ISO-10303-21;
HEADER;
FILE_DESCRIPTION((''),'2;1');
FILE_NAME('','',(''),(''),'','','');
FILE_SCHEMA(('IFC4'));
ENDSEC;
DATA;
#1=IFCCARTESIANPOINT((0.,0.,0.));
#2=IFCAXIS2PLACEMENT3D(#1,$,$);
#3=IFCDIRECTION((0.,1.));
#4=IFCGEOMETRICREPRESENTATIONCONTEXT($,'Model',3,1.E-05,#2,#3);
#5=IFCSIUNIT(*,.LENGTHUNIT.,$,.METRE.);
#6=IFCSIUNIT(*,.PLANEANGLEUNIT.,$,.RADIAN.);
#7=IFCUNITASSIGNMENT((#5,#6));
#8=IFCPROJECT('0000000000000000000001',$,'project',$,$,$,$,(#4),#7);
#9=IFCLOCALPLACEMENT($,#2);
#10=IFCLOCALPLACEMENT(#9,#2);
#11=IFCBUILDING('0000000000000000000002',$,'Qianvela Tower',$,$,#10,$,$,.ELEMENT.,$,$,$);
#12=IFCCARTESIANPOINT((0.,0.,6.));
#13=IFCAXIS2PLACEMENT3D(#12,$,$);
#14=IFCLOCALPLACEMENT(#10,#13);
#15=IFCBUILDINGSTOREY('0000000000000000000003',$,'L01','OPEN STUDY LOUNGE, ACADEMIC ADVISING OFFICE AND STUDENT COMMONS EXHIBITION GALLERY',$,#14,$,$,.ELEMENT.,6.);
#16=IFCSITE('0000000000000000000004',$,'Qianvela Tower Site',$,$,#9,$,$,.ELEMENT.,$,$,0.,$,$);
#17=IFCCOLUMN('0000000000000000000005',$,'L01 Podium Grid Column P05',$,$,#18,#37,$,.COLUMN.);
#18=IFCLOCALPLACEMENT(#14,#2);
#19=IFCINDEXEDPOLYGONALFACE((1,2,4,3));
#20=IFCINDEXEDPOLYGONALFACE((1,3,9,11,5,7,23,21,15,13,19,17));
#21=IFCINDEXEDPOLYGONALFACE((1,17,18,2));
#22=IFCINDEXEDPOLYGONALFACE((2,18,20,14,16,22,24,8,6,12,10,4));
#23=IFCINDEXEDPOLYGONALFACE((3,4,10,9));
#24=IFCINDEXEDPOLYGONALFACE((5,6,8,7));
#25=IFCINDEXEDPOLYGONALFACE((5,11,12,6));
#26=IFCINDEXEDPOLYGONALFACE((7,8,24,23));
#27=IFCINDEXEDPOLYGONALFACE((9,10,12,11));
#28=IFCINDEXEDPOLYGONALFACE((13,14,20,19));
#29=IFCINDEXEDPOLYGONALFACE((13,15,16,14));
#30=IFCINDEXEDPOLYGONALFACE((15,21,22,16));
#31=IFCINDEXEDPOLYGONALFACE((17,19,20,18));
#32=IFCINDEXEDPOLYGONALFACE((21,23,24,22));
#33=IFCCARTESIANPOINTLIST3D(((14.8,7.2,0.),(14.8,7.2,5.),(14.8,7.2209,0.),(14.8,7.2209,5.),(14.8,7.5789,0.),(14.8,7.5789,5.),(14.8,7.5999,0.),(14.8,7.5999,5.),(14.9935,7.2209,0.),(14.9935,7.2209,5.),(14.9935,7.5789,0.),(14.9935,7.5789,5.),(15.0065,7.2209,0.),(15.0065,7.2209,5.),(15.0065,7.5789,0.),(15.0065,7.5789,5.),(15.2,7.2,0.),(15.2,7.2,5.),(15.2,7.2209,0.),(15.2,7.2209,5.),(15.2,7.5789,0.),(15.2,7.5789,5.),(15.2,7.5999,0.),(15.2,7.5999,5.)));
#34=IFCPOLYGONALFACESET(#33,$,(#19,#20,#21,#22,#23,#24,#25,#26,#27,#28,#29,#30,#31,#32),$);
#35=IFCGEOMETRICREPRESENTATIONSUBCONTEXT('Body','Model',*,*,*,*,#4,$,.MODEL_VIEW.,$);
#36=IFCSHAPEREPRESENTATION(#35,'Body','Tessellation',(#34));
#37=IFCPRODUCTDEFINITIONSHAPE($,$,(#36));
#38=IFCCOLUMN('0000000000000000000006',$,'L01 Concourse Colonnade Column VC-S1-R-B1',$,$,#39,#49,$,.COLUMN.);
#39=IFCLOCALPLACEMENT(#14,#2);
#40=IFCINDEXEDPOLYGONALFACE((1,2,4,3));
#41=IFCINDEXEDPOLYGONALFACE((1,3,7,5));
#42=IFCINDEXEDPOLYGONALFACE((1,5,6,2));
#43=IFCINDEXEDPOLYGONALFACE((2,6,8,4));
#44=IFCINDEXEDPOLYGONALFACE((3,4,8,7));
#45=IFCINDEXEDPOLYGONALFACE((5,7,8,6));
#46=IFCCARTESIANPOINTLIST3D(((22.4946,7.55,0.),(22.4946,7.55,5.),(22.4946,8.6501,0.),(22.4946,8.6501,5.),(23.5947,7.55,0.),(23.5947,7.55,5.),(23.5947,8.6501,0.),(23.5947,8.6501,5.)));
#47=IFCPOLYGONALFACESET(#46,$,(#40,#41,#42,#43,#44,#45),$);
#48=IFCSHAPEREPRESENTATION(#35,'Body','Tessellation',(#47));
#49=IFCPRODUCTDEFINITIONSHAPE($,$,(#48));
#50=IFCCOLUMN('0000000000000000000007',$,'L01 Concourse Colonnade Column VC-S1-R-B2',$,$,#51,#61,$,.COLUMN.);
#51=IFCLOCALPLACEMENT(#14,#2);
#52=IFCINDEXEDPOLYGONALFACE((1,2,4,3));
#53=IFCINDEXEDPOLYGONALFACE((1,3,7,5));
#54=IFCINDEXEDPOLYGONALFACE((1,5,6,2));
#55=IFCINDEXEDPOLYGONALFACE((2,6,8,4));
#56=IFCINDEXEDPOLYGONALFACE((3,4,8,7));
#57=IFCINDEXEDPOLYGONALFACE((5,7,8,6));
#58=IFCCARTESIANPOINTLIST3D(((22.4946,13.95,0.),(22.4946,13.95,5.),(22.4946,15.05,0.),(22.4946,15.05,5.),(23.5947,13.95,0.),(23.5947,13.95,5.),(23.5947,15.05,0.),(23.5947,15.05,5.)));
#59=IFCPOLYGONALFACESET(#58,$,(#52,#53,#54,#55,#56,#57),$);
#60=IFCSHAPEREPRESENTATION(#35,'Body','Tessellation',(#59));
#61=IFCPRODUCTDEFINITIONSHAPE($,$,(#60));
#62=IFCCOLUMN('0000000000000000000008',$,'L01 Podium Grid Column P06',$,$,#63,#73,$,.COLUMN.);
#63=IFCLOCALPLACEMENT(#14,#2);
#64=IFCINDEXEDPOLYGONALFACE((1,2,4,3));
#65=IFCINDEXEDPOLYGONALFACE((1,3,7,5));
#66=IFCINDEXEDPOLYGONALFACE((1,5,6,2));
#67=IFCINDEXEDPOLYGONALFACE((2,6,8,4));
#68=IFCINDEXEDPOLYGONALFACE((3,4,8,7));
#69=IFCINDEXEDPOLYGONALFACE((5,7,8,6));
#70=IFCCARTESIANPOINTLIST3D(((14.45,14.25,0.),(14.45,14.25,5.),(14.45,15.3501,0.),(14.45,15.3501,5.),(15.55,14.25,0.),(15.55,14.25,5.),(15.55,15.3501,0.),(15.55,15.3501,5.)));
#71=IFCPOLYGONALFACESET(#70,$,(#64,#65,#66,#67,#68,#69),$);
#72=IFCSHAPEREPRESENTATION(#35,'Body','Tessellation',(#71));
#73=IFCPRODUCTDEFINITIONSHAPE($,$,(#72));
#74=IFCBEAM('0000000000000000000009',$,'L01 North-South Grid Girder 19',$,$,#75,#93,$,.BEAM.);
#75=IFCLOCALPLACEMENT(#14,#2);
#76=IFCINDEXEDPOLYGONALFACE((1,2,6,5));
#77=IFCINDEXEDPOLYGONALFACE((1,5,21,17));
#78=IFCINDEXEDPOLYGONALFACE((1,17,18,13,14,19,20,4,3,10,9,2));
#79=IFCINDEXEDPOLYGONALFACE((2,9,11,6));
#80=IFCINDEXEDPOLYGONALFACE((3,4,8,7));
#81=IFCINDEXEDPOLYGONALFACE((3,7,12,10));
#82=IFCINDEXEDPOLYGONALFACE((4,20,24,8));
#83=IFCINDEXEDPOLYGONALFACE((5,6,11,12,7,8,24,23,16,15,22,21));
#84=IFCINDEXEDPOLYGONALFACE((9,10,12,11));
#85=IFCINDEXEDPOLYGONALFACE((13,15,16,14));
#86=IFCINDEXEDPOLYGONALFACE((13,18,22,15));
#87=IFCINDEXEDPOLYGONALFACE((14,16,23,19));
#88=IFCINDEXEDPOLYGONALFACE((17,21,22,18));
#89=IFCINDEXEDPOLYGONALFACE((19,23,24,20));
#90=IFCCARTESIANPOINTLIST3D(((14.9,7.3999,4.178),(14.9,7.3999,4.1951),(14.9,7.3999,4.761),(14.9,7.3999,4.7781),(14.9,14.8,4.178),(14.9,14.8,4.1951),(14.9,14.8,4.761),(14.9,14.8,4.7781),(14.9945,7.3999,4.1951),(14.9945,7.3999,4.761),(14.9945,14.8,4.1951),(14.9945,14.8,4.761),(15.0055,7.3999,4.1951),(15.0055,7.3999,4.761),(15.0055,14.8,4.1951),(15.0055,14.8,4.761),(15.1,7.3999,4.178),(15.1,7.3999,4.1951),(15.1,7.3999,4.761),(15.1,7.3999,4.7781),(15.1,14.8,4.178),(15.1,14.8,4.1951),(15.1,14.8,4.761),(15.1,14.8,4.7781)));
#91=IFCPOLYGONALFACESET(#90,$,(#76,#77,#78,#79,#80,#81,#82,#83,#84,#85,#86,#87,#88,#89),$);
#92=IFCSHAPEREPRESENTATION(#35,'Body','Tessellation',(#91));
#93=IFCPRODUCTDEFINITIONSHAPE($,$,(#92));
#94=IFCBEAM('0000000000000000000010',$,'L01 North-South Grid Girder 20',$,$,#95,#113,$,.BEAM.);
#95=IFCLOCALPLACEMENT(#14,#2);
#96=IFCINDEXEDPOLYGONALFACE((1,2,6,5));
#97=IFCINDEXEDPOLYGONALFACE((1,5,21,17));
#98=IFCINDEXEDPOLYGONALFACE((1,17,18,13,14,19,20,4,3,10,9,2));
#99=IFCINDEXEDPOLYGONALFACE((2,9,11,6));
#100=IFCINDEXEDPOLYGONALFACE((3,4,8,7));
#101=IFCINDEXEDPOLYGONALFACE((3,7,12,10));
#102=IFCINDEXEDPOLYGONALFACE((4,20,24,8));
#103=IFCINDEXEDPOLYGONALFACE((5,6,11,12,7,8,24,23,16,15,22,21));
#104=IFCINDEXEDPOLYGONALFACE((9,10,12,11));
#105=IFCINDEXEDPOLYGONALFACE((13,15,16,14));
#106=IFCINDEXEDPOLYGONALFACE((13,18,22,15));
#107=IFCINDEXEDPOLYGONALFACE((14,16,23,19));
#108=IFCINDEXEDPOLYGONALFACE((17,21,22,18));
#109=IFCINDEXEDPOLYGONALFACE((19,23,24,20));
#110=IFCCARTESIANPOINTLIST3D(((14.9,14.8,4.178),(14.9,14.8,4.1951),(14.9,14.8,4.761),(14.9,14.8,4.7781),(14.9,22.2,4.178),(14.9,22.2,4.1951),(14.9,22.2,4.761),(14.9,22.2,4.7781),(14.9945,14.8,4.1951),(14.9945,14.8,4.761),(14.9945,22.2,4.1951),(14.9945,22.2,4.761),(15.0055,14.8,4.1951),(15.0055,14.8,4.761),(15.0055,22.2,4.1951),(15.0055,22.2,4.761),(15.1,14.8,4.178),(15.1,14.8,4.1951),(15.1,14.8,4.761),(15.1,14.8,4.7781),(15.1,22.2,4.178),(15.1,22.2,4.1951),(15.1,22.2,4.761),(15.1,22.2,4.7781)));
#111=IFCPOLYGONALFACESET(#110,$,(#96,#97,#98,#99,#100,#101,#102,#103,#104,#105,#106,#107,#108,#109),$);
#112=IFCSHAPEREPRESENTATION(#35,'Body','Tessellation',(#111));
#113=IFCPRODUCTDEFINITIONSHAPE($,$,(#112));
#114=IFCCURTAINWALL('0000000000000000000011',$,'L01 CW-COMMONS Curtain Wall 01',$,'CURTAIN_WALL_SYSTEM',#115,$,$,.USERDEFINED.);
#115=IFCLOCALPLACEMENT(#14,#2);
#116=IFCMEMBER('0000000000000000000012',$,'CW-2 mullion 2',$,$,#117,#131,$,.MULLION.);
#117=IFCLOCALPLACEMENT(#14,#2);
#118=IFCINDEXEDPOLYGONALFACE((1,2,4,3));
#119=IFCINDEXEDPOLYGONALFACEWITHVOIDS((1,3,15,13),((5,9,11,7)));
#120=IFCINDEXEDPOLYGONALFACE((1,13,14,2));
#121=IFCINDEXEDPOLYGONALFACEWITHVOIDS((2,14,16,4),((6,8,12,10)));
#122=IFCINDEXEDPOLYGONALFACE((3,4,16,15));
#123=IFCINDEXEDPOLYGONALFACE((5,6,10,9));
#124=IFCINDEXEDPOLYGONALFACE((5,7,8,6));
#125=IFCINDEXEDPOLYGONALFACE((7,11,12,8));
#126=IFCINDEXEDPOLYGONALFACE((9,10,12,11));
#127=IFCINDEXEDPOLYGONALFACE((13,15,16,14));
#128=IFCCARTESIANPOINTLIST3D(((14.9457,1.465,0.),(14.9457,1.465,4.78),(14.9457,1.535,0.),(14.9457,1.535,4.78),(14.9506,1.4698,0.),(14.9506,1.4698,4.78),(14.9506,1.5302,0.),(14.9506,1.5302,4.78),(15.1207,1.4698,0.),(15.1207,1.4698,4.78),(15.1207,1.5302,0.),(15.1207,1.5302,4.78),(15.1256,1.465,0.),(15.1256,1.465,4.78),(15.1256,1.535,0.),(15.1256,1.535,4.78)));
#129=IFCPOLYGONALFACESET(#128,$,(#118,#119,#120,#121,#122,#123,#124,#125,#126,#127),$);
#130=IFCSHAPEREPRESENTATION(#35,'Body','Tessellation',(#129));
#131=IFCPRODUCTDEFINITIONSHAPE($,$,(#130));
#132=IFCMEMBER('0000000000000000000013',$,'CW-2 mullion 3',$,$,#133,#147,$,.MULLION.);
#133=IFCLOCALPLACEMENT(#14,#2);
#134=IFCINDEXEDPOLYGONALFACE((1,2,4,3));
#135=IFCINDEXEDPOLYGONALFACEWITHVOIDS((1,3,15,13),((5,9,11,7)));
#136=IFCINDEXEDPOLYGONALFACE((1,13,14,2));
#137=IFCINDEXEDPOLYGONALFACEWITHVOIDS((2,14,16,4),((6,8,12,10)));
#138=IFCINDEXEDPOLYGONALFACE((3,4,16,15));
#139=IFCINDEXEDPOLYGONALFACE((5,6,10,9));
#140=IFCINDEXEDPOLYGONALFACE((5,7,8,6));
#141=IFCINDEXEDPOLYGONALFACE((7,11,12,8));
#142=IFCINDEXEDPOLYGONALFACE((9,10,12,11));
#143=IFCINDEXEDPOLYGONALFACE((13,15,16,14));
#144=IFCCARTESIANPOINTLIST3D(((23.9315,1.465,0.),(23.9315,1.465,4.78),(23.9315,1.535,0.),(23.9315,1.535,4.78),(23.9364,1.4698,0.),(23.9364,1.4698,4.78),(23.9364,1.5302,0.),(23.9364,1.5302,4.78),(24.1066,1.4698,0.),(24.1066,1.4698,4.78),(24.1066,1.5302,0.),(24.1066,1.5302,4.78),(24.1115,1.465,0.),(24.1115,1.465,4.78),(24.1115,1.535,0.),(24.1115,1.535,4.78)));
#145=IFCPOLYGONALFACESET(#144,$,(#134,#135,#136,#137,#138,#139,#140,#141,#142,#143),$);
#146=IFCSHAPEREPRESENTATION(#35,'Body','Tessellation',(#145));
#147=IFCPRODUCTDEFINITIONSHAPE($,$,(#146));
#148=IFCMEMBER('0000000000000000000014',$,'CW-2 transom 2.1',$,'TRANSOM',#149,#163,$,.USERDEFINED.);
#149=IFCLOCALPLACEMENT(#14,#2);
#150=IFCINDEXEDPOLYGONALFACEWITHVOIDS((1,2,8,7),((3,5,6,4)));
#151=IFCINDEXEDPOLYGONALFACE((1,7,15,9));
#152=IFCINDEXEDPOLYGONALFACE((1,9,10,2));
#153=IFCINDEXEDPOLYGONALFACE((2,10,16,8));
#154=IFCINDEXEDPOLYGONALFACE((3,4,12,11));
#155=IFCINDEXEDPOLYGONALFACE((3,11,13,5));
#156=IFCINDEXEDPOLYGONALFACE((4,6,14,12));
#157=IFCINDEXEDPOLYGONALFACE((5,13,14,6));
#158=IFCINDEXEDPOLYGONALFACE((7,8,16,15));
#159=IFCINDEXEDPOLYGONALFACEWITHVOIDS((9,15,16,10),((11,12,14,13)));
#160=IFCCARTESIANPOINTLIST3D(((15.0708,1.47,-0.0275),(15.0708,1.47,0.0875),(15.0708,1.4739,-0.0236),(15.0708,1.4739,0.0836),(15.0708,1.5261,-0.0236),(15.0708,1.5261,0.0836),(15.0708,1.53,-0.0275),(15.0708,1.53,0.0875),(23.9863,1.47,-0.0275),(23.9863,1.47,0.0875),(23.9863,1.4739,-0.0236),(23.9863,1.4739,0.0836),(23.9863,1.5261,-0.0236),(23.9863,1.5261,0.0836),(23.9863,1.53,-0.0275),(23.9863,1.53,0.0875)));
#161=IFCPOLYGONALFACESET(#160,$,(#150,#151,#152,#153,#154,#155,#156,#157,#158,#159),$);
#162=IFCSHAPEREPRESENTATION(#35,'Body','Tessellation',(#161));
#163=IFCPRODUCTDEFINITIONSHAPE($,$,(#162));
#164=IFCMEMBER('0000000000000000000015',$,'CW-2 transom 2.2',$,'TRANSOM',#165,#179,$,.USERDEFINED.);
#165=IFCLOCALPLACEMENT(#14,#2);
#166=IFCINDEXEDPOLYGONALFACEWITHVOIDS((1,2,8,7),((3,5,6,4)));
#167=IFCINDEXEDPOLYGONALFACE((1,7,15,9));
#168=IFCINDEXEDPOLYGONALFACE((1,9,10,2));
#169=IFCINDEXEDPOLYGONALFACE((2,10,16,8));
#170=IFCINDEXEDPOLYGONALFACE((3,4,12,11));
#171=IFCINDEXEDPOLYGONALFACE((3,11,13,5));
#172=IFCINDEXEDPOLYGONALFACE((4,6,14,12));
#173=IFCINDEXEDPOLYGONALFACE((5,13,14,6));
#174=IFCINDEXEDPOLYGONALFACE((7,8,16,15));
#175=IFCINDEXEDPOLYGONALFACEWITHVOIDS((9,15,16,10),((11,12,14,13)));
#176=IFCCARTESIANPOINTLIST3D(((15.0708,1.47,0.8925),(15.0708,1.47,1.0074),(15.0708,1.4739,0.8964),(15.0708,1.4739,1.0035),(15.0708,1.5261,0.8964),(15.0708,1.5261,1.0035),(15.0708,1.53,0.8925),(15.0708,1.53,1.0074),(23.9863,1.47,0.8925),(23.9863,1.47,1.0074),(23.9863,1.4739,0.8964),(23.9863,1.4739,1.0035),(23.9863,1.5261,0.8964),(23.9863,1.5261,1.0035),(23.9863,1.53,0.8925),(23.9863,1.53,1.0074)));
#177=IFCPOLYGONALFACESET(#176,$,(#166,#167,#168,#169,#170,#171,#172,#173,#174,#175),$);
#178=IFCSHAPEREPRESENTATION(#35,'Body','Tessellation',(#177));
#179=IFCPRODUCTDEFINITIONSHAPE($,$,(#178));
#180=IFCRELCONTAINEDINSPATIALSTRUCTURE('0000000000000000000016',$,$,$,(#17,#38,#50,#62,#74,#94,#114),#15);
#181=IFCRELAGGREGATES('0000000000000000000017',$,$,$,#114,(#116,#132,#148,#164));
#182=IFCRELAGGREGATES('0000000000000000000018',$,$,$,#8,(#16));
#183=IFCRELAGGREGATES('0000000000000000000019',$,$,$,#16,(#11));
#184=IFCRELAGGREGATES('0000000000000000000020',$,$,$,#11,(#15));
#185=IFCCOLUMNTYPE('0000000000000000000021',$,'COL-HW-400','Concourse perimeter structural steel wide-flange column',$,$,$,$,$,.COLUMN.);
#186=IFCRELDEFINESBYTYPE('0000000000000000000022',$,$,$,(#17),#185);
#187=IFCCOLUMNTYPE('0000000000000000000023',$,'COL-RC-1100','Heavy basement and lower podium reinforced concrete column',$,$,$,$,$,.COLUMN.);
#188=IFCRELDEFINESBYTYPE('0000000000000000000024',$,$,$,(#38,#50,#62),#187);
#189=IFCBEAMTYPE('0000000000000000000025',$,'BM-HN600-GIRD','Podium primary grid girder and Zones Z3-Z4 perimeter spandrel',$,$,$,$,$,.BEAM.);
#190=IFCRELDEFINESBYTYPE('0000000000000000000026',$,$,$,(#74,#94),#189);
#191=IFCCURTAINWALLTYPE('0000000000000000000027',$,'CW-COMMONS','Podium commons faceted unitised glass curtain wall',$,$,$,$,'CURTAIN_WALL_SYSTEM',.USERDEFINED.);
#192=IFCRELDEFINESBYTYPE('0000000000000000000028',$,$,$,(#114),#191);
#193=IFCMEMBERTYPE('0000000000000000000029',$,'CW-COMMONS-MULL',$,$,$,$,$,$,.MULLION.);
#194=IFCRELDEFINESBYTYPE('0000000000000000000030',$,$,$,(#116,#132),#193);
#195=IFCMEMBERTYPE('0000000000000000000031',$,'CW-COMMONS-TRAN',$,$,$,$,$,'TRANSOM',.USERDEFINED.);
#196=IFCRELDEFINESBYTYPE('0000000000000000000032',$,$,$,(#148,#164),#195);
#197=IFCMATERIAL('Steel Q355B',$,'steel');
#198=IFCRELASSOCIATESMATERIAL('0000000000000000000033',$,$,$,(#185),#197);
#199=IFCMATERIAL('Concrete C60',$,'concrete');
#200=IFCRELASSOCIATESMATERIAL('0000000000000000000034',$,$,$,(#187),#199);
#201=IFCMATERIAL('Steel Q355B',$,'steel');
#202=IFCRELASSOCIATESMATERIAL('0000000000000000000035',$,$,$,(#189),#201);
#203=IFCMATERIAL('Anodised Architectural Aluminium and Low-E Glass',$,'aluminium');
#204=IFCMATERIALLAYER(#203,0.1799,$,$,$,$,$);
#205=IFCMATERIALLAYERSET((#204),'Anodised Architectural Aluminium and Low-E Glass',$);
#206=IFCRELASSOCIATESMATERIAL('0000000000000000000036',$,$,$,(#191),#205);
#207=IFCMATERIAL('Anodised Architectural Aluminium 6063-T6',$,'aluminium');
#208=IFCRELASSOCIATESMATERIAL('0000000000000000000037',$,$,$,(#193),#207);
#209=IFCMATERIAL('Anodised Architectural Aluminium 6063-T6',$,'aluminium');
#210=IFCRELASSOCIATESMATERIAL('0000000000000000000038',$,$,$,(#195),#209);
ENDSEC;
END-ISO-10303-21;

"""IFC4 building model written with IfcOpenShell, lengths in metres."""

from ifc_helpers import new_model, si_unit, direction, frame, origin, origin_2d, place, context, subcontext, project, spatial, rectangle, hollow_rectangle, i_section, extrude, material, layer, layer_set, material_profile, profile_set, type_object, element, aggregate, save


model = new_model("IFC4")

# Units and contexts
model_context = context("Model", 3, precision=1e-05, world=origin(), true_north=direction((0.0, 1.0)))
body_context = subcontext(model_context, "Body", "Model", "MODEL_VIEW")
ifc_project = project(units=[si_unit("LENGTHUNIT", "METRE"), si_unit("PLANEANGLEUNIT", "RADIAN")], contexts=[model_context])

# Site, building, storey
site_placement = place(None, origin())
site = spatial("IfcSite", under=ifc_project, at=site_placement, Name="Qianvela Tower Site", CompositionType="ELEMENT", RefElevation=0.0)
building_placement = place(site_placement, origin())
building = spatial("IfcBuilding", under=site, at=building_placement, Name="Qianvela Tower", CompositionType="ELEMENT")
storey_placement = place(building_placement, frame((0.0, 0.0, 6.0)))
storey = spatial("IfcBuildingStorey", under=building, at=storey_placement, Name="L01", Description="OPEN STUDY LOUNGE, ACADEMIC ADVISING OFFICE AND STUDENT COMMONS EXHIBITION GALLERY", CompositionType="ELEMENT", Elevation=6.0)

# Columns
ifc_material_1 = material(Name="Steel Q355B", Category="steel")
ifc_material_profile_1 = material_profile(ifc_material_1, i_section(OverallWidth=0.3999, OverallDepth=0.3999, WebThickness=0.0129, FlangeThickness=0.021, at=origin_2d()), Name="HW400x400x13x21")
ifc_profile_set_1 = profile_set([ifc_material_profile_1], Name="Steel Q355B")
column_type_1 = type_object("IfcColumnType", Name="COL-HW-400", Description="Concourse perimeter structural steel wide-flange column", PredefinedType="COLUMN", material=ifc_profile_set_1)
column_placement = place(storey_placement, frame((15.0, 7.3999, 0.0), z_axis=(0.0, 0.0, 1.0), x_axis=(1.0, 0.0, 0.0)))
element("IfcColumn", 1, at=column_placement, inside=storey, type_object=column_type_1, Name="L01 Podium Grid Column P05", PredefinedType="COLUMN", context=body_context, shape_type="SweptSolid", body=[
    extrude(i_section(OverallWidth=0.3999, OverallDepth=0.3999, WebThickness=0.0129, FlangeThickness=0.021, at=origin_2d()), origin(), (0.0, 0.0, 1.0), 5.0),
])
ifc_material_2 = material(Name="Concrete C60", Category="concrete")
ifc_material_profile_2 = material_profile(ifc_material_2, rectangle(XDim=1.1001, YDim=1.1001, at=origin_2d()), Name="RC-COL-1100x1100")
ifc_profile_set_2 = profile_set([ifc_material_profile_2], Name="Concrete C60")
column_type_2 = type_object("IfcColumnType", Name="COL-RC-1100", Description="Heavy basement and lower podium reinforced concrete column", PredefinedType="COLUMN", material=ifc_profile_set_2)
for number, where, z_axis, x_axis, name in (
    (2, (23.0447, 8.1001, 0.0), (0.0, 0.0, 1.0), (1.0, 0.0, 0.0), "L01 Concourse Colonnade Column VC-S1-R-B1"),
    (3, (23.0447, 14.5, 0.0), (0.0, 0.0, 1.0), (1.0, 0.0, 0.0), "L01 Concourse Colonnade Column VC-S1-R-B2"),
    (4, (15.0, 14.8, 0.0), (0.0, 0.0, 1.0), (1.0, 0.0, 0.0), "L01 Podium Grid Column P06"),
):
    element("IfcColumn", number, at=place(storey_placement, frame(where, z_axis=z_axis, x_axis=x_axis)), inside=storey, type_object=column_type_2, Name=name, PredefinedType="COLUMN", context=body_context, shape_type="SweptSolid", body=[
        extrude(rectangle(XDim=1.1001, YDim=1.1001, at=origin_2d()), origin(), (0.0, 0.0, 1.0), 5.0),
    ])

# Beams
ifc_material_3 = material(Name="Steel Q355B", Category="steel")
ifc_material_profile_3 = material_profile(ifc_material_3, i_section(OverallWidth=0.2, OverallDepth=0.6001, WebThickness=0.011, FlangeThickness=0.0171, at=origin_2d()), Name="HN600x200x11x17")
ifc_profile_set_3 = profile_set([ifc_material_profile_3], Name="Steel Q355B")
beam_type = type_object("IfcBeamType", Name="BM-HN600-GIRD", Description="Podium primary grid girder and Zones Z3-Z4 perimeter spandrel", PredefinedType="BEAM", material=ifc_profile_set_3)
beam_1_placement = place(storey_placement, frame((15.0, 7.3999, 4.478), z_axis=(0.0, 1.0, 0.0), x_axis=(-1.0, 0.0, 0.0)))
element("IfcBeam", 5, at=beam_1_placement, inside=storey, type_object=beam_type, Name="L01 North-South Grid Girder 19", PredefinedType="BEAM", context=body_context, shape_type="SweptSolid", body=[
    extrude(i_section(OverallWidth=0.2, OverallDepth=0.6001, WebThickness=0.011, FlangeThickness=0.0171, at=origin_2d()), origin(), (0.0, 0.0, 1.0), 7.4001),
])
beam_2_placement = place(storey_placement, frame((15.0, 14.8, 4.478), z_axis=(0.0, 1.0, 0.0), x_axis=(-1.0, 0.0, 0.0)))
element("IfcBeam", 6, at=beam_2_placement, inside=storey, type_object=beam_type, Name="L01 North-South Grid Girder 20", PredefinedType="BEAM", context=body_context, shape_type="SweptSolid", body=[
    extrude(i_section(OverallWidth=0.2, OverallDepth=0.6001, WebThickness=0.011, FlangeThickness=0.0171, at=origin_2d()), origin(), (0.0, 0.0, 1.0), 7.3999),
])

# Curtain wall, members
ifc_material_4 = material(Name="Anodised Architectural Aluminium and Low-E Glass", Category="aluminium")
ifc_layer_1 = layer(ifc_material_4, 0.1799)
ifc_layer_set_1 = layer_set([ifc_layer_1], Name="Anodised Architectural Aluminium and Low-E Glass")
curtain_wall_type = type_object("IfcCurtainWallType", Name="CW-COMMONS", Description="Podium commons faceted unitised glass curtain wall", ElementType="CURTAIN_WALL_SYSTEM", PredefinedType="USERDEFINED", material=ifc_layer_set_1)
curtain_wall_placement = place(storey_placement, origin())
curtain_wall = element("IfcCurtainWall", 7, at=curtain_wall_placement, inside=storey, type_object=curtain_wall_type, Name="L01 CW-COMMONS Curtain Wall 01", ObjectType="CURTAIN_WALL_SYSTEM", PredefinedType="USERDEFINED")
ifc_material_5 = material(Name="Anodised Architectural Aluminium 6063-T6", Category="aluminium")
ifc_material_profile_4 = material_profile(ifc_material_5, hollow_rectangle(XDim=0.0701, YDim=0.1799, WallThickness=0.0049, at=origin_2d()), Name="ALU-MULL-70x180")
ifc_profile_set_4 = profile_set([ifc_material_profile_4], Name="Anodised Architectural Aluminium 6063-T6")
member_type_1 = type_object("IfcMemberType", Name="CW-COMMONS-MULL", PredefinedType="MULLION", material=ifc_profile_set_4)
member_1_placement = place(storey_placement, frame((15.0356, 1.5, 0.0), z_axis=(0.0, 0.0, 1.0), x_axis=(0.0, 1.0, 0.0)))
member_1 = element("IfcMember", 8, at=member_1_placement, type_object=member_type_1, Name="CW-2 mullion 2", PredefinedType="MULLION", context=body_context, shape_type="SweptSolid", body=[
    extrude(hollow_rectangle(XDim=0.0701, YDim=0.1799, WallThickness=0.0049, at=origin_2d()), origin(), (0.0, 0.0, 1.0), 4.78),
])
member_2_placement = place(storey_placement, frame((24.0215, 1.5, 0.0), z_axis=(0.0, 0.0, 1.0), x_axis=(0.0, 1.0, 0.0)))
member_2 = element("IfcMember", 9, at=member_2_placement, type_object=member_type_1, Name="CW-2 mullion 3", PredefinedType="MULLION", context=body_context, shape_type="SweptSolid", body=[
    extrude(hollow_rectangle(XDim=0.0701, YDim=0.1799, WallThickness=0.0049, at=origin_2d()), origin(), (0.0, 0.0, 1.0), 4.78),
])
ifc_material_6 = material(Name="Anodised Architectural Aluminium 6063-T6", Category="aluminium")
ifc_material_profile_5 = material_profile(ifc_material_6, hollow_rectangle(XDim=0.0601, YDim=0.115, WallThickness=0.0039, at=origin_2d()), Name="ALU-TRAN-60x115")
ifc_profile_set_5 = profile_set([ifc_material_profile_5], Name="Anodised Architectural Aluminium 6063-T6")
member_type_2 = type_object("IfcMemberType", Name="CW-COMMONS-TRAN", ElementType="TRANSOM", PredefinedType="USERDEFINED", material=ifc_profile_set_5)
member_3_placement = place(storey_placement, frame((15.0708, 1.5, 0.03), z_axis=(1.0, 0.0, 0.0), x_axis=(0.0, 1.0, 0.0)))
member_3 = element("IfcMember", 10, at=member_3_placement, type_object=member_type_2, Name="CW-2 transom 2.1", ObjectType="TRANSOM", PredefinedType="USERDEFINED", context=body_context, shape_type="SweptSolid", body=[
    extrude(hollow_rectangle(XDim=0.0601, YDim=0.115, WallThickness=0.0039, at=origin_2d()), origin(), (0.0, 0.0, 1.0), 8.9155),
])
member_4_placement = place(storey_placement, frame((15.0708, 1.5, 0.95), z_axis=(1.0, 0.0, 0.0), x_axis=(0.0, 1.0, 0.0)))
member_4 = element("IfcMember", 11, at=member_4_placement, type_object=member_type_2, Name="CW-2 transom 2.2", ObjectType="TRANSOM", PredefinedType="USERDEFINED", context=body_context, shape_type="SweptSolid", body=[
    extrude(hollow_rectangle(XDim=0.0601, YDim=0.115, WallThickness=0.0039, at=origin_2d()), origin(), (0.0, 0.0, 1.0), 8.9155),
])

aggregate(curtain_wall, [member_1, member_2, member_3, member_4])

save(model, "model.ifc")
